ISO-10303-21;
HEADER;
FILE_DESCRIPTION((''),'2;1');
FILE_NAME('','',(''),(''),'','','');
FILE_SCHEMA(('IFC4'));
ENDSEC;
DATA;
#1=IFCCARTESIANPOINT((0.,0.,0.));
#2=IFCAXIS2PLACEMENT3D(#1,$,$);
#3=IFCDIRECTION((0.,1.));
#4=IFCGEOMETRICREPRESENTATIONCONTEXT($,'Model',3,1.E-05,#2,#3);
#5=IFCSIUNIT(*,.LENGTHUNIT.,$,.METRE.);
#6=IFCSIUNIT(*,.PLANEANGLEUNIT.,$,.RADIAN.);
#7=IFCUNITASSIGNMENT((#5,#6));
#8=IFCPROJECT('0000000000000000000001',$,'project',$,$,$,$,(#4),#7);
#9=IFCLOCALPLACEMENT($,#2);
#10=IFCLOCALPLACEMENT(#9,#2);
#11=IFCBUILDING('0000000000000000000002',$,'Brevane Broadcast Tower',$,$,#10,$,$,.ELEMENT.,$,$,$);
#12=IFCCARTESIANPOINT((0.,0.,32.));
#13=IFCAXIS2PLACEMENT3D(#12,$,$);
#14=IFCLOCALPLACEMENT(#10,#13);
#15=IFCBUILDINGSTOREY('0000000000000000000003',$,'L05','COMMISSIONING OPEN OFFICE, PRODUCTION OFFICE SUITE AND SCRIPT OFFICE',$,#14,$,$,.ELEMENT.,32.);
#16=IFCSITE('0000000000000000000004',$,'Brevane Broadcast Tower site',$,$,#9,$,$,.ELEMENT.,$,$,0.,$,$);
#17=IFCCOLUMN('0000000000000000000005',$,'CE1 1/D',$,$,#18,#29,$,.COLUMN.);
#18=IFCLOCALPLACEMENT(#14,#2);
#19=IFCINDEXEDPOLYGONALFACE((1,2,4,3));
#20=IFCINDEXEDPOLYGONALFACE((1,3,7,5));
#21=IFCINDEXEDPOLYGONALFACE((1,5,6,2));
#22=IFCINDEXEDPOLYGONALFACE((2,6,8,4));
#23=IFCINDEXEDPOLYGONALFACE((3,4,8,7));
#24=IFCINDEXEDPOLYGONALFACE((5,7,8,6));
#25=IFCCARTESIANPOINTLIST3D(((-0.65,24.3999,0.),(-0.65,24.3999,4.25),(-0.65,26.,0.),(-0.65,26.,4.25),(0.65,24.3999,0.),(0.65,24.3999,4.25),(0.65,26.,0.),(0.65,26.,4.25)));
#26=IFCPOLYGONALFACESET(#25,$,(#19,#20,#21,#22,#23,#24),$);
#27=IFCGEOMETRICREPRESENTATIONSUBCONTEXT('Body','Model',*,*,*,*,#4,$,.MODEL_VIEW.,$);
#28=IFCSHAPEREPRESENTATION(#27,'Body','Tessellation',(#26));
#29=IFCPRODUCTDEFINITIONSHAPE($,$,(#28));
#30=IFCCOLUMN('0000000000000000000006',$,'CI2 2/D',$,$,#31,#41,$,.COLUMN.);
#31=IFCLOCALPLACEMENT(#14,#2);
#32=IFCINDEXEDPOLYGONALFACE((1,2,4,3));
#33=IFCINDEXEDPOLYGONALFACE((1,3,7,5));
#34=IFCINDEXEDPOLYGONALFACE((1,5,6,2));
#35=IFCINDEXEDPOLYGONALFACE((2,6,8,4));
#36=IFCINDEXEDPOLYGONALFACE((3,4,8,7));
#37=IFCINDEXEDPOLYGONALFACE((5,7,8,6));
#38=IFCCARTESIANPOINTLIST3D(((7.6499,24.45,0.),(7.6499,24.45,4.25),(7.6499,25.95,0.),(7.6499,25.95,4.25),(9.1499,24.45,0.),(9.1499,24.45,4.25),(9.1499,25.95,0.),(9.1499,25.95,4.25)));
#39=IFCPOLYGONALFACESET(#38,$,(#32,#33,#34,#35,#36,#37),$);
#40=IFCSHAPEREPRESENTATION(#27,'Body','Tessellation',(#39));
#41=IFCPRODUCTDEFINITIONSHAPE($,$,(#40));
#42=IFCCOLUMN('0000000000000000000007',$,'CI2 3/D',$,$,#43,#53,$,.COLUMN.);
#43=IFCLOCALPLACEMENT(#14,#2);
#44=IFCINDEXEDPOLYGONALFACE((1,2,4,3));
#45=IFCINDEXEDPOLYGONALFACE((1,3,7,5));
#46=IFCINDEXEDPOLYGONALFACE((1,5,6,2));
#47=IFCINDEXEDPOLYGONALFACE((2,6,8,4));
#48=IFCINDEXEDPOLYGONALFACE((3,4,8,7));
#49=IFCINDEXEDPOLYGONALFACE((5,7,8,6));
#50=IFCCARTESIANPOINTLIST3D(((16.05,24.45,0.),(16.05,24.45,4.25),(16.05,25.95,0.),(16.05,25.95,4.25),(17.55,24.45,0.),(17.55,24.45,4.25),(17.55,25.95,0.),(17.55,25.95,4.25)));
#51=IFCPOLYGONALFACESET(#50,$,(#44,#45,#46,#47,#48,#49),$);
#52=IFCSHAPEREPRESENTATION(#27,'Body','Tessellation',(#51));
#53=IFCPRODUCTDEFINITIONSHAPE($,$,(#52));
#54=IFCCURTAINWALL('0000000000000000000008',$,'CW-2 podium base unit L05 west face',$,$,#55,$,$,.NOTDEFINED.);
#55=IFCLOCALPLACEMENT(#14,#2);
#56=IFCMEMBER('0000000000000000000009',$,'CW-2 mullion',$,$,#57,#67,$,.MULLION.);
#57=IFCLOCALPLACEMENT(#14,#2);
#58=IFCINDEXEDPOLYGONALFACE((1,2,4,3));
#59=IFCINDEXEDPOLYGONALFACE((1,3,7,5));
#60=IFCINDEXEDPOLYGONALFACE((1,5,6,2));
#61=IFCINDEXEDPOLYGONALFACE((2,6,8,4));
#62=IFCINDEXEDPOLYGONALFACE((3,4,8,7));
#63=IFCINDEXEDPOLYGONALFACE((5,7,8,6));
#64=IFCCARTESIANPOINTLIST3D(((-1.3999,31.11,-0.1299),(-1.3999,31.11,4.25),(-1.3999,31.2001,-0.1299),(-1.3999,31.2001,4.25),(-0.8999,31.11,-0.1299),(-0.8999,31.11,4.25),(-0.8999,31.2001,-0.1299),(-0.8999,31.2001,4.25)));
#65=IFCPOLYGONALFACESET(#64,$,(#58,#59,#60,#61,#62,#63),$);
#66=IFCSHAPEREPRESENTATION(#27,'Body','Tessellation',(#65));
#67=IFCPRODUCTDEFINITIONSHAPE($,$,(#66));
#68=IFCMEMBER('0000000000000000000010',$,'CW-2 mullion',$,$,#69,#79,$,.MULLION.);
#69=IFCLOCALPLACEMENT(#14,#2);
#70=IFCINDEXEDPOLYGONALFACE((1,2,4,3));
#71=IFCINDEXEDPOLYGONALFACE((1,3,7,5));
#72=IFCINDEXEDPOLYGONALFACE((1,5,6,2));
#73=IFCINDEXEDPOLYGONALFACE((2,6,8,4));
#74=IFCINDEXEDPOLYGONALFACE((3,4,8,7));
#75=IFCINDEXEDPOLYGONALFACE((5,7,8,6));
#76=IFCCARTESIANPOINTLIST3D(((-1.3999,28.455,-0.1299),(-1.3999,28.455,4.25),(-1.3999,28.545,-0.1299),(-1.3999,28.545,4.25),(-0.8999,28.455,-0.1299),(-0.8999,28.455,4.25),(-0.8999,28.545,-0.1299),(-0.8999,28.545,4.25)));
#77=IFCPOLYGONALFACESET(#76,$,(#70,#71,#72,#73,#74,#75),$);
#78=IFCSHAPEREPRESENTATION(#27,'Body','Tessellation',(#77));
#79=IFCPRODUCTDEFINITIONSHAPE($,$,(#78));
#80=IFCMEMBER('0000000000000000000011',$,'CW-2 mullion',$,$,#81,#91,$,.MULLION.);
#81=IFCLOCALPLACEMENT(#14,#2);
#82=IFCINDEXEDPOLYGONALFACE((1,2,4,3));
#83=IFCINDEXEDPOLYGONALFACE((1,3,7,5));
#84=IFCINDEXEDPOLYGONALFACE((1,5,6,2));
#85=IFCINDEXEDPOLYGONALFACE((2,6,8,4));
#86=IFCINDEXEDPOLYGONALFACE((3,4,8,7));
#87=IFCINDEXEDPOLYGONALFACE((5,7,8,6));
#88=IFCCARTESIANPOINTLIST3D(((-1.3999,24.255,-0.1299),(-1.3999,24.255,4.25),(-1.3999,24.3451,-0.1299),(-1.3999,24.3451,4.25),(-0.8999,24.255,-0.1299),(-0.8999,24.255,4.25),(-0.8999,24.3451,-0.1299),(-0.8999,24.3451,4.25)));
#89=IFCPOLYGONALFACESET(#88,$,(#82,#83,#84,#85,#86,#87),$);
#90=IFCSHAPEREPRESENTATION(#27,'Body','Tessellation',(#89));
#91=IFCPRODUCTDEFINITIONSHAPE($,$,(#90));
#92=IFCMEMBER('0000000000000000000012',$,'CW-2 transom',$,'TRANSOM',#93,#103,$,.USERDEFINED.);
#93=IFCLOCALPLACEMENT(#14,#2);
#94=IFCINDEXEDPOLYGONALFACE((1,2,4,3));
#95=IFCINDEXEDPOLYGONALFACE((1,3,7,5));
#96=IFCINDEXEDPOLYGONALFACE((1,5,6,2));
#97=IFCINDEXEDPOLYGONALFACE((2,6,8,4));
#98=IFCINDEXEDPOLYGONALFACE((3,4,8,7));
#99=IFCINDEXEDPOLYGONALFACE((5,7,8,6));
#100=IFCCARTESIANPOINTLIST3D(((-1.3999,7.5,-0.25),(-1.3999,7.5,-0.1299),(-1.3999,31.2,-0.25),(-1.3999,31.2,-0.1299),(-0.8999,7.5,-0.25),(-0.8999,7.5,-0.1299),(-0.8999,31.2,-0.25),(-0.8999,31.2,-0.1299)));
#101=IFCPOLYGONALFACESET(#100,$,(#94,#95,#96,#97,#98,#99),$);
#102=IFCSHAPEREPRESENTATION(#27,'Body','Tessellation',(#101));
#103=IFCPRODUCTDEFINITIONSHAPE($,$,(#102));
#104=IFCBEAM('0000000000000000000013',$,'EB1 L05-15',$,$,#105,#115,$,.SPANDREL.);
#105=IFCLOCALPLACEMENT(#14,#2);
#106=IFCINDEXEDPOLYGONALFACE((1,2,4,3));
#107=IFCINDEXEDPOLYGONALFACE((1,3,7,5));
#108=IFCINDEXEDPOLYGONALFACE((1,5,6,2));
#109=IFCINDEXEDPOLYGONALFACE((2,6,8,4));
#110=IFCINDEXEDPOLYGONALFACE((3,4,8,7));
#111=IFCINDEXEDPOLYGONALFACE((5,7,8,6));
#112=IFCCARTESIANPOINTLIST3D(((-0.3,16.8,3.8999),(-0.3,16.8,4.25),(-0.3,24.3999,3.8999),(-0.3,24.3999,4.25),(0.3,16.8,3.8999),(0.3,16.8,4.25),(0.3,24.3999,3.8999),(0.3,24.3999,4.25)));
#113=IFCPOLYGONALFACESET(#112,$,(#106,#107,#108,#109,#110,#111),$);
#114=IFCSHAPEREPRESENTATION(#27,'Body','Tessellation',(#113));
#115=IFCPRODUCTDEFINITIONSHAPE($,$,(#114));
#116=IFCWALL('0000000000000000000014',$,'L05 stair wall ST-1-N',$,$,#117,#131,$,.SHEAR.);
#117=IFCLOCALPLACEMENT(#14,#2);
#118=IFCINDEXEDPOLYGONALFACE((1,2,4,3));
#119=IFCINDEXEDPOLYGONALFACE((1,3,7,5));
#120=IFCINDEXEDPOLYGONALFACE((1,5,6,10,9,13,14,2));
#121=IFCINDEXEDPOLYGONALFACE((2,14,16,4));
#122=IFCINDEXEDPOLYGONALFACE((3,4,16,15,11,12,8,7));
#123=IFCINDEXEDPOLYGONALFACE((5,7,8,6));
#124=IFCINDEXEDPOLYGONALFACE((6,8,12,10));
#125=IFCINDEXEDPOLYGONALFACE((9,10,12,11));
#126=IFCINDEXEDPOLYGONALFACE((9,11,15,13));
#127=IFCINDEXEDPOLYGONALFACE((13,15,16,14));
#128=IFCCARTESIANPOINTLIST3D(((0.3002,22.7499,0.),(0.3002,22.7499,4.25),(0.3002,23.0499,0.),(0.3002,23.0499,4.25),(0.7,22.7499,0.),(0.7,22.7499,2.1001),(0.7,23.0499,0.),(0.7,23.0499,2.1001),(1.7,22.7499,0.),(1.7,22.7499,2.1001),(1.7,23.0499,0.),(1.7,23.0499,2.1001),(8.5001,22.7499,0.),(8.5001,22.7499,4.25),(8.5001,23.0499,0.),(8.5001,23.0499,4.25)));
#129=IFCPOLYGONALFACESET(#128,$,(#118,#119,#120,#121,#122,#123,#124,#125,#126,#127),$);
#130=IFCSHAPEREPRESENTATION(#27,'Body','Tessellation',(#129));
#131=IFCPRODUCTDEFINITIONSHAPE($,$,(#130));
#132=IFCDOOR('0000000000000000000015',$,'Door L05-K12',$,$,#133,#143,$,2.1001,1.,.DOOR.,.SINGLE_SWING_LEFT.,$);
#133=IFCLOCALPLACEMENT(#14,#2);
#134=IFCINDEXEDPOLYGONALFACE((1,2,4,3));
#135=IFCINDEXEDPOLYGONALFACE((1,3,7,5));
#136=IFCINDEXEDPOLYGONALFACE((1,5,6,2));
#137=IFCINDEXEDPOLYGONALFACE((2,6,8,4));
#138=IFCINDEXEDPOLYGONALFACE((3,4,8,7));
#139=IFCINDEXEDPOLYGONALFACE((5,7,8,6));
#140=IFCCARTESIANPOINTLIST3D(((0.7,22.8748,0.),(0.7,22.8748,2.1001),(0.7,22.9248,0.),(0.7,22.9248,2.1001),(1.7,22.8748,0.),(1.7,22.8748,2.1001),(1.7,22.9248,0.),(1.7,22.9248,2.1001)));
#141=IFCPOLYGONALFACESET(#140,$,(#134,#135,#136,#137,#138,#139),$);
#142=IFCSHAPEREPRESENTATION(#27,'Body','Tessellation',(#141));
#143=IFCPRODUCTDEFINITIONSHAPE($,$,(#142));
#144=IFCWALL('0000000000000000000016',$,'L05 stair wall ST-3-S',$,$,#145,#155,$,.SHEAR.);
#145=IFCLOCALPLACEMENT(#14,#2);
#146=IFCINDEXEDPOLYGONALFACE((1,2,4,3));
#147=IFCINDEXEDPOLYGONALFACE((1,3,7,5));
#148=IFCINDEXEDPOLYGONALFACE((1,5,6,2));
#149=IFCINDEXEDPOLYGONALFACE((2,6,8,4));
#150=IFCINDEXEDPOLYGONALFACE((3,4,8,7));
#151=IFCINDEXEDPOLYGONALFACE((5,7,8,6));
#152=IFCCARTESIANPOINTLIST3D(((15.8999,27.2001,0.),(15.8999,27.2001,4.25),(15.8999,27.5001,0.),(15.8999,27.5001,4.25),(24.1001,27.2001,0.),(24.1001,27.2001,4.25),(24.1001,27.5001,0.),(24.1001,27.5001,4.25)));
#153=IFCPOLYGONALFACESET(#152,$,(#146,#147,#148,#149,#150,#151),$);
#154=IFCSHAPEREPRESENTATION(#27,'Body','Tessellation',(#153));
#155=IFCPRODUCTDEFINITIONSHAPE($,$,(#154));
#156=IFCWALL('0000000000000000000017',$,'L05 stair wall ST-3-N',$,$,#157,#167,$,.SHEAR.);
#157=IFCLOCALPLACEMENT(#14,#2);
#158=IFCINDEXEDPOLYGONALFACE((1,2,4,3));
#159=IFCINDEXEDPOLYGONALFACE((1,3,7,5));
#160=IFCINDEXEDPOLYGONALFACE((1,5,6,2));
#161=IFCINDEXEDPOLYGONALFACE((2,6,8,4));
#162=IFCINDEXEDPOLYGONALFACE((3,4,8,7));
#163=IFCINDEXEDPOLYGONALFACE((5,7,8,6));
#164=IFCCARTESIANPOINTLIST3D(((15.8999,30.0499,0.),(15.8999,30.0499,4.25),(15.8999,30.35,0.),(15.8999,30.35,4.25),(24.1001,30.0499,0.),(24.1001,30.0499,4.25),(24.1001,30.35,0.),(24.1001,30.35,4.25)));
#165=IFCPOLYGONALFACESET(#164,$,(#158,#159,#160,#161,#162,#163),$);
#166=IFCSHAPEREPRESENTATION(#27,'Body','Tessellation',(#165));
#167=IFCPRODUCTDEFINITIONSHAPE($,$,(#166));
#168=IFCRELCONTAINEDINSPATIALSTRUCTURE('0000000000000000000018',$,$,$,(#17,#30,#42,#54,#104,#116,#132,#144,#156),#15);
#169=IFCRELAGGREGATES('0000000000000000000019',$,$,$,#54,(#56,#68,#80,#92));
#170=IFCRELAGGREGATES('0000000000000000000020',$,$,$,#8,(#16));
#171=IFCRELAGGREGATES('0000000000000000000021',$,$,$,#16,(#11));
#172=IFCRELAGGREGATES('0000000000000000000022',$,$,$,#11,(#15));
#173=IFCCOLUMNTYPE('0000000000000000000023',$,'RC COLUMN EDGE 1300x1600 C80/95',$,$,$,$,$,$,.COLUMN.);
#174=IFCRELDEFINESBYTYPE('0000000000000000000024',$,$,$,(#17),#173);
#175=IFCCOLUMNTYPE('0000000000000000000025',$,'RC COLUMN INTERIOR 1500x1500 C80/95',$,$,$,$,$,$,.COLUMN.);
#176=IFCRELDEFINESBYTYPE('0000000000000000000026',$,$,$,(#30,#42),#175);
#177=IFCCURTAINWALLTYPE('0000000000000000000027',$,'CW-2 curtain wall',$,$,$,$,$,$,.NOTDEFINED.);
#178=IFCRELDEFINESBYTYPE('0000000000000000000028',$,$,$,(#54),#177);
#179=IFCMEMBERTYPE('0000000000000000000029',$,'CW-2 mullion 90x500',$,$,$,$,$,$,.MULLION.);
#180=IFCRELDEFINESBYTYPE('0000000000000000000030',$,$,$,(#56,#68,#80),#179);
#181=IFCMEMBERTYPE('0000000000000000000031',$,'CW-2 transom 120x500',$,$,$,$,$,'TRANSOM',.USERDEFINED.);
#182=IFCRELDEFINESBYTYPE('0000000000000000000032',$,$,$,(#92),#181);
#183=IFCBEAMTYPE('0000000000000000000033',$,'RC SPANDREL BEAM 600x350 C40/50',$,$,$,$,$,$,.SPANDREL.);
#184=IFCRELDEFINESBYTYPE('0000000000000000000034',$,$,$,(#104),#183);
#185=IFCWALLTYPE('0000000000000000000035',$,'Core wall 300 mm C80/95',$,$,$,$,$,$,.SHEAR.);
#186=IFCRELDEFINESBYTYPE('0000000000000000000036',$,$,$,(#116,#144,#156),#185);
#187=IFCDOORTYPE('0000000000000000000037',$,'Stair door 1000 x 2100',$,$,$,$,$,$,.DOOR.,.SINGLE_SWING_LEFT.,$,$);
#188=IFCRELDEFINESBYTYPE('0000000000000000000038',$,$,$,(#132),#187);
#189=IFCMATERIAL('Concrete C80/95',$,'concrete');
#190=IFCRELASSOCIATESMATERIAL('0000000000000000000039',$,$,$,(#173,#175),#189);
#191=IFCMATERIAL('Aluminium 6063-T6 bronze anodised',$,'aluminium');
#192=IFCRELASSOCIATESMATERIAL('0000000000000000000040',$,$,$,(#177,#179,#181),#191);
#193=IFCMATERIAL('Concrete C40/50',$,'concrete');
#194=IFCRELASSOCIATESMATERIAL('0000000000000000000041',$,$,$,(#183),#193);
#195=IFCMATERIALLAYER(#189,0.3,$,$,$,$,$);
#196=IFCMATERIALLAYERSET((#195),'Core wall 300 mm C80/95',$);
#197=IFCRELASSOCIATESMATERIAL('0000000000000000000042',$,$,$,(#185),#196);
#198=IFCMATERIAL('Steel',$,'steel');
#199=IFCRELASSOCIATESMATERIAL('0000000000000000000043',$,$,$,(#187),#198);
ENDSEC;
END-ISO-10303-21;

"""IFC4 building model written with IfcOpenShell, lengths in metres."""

from ifc_helpers import new_model, si_unit, direction, frame, frame_2d, origin, origin_2d, place, context, subcontext, project, spatial, rectangle, extrude, material, layer, layer_set, material_profile, profile_set, type_object, element, fill, aggregate, save


model = new_model("IFC4")

# Units and contexts
model_context = context("Model", 3, precision=1e-05, world=origin(), true_north=direction((0.0, 1.0)))
body_context = subcontext(model_context, "Body", "Model", "MODEL_VIEW")
ifc_project = project(units=[si_unit("LENGTHUNIT", "METRE"), si_unit("PLANEANGLEUNIT", "RADIAN")], contexts=[model_context])

# Site, building, storey
site_placement = place(None, origin())
site = spatial("IfcSite", under=ifc_project, at=site_placement, Name="Brevane Broadcast Tower site", CompositionType="ELEMENT", RefElevation=0.0)
building_placement = place(site_placement, origin())
building = spatial("IfcBuilding", under=site, at=building_placement, Name="Brevane Broadcast Tower", CompositionType="ELEMENT")
storey_placement = place(building_placement, frame((0.0, 0.0, 32.0)))
storey = spatial("IfcBuildingStorey", under=building, at=storey_placement, Name="L05", Description="COMMISSIONING OPEN OFFICE, PRODUCTION OFFICE SUITE AND SCRIPT OFFICE", CompositionType="ELEMENT", Elevation=32.0)

# Columns
ifc_material_1 = material(Name="Concrete C80/95", Category="concrete")
ifc_material_profile_1 = material_profile(ifc_material_1, rectangle(XDim=1.3, YDim=1.6001, at=origin_2d()), Name="RC 1300x1600")
ifc_profile_set_1 = profile_set([ifc_material_profile_1], Name="Concrete C80/95")
column_type_1 = type_object("IfcColumnType", Name="RC COLUMN EDGE 1300x1600 C80/95", PredefinedType="COLUMN", material=ifc_profile_set_1)
column_placement = place(storey_placement, frame((0.0, 25.2, 0.0), z_axis=(0.0, 0.0, 1.0), x_axis=(1.0, 0.0, 0.0)))
element("IfcColumn", 1, at=column_placement, inside=storey, type_object=column_type_1, Name="CE1 1/D", PredefinedType="COLUMN", context=body_context, shape_type="SweptSolid", body=[
    extrude(rectangle(XDim=1.3, YDim=1.6001, at=origin_2d()), origin(), (0.0, 0.0, 1.0), 4.25),
])
ifc_material_profile_2 = material_profile(ifc_material_1, rectangle(XDim=1.5, YDim=1.5, at=origin_2d()), Name="RC 1500x1500")
ifc_profile_set_2 = profile_set([ifc_material_profile_2], Name="Concrete C80/95")
column_type_2 = type_object("IfcColumnType", Name="RC COLUMN INTERIOR 1500x1500 C80/95", PredefinedType="COLUMN", material=ifc_profile_set_2)
for number, where, z_axis, x_axis, name in (
    (2, (8.3999, 25.2, 0.0), (0.0, 0.0, 1.0), (1.0, 0.0, 0.0), "CI2 2/D"),
    (3, (16.8, 25.2, 0.0), (0.0, 0.0, 1.0), (1.0, 0.0, 0.0), "CI2 3/D"),
):
    element("IfcColumn", number, at=place(storey_placement, frame(where, z_axis=z_axis, x_axis=x_axis)), inside=storey, type_object=column_type_2, Name=name, PredefinedType="COLUMN", context=body_context, shape_type="SweptSolid", body=[
        extrude(rectangle(XDim=1.5, YDim=1.5, at=origin_2d()), origin(), (0.0, 0.0, 1.0), 4.25),
    ])

# Curtain wall, members
ifc_material_2 = material(Name="Aluminium 6063-T6 bronze anodised", Category="aluminium")
curtain_wall_type = type_object("IfcCurtainWallType", Name="CW-2 curtain wall", PredefinedType="NOTDEFINED", material=ifc_material_2)
curtain_wall_placement = place(storey_placement, origin())
curtain_wall = element("IfcCurtainWall", 4, at=curtain_wall_placement, inside=storey, type_object=curtain_wall_type, Name="CW-2 podium base unit L05 west face", PredefinedType="NOTDEFINED")
ifc_material_profile_3 = material_profile(ifc_material_2, rectangle(XDim=0.5, YDim=0.0901, at=origin_2d()), Name="RECT 90x500")
ifc_profile_set_3 = profile_set([ifc_material_profile_3], Name="Aluminium 6063-T6 bronze anodised")
member_type_1 = type_object("IfcMemberType", Name="CW-2 mullion 90x500", PredefinedType="MULLION", material=ifc_profile_set_3)
member_1_placement = place(storey_placement, frame((-1.1499, 31.155, -0.1299), z_axis=(0.0, 0.0, 1.0), x_axis=(1.0, 0.0, 0.0)))
member_1 = element("IfcMember", 5, at=member_1_placement, type_object=member_type_1, Name="CW-2 mullion", PredefinedType="MULLION", context=body_context, shape_type="SweptSolid", body=[
    extrude(rectangle(XDim=0.5, YDim=0.0901, at=origin_2d()), origin(), (0.0, 0.0, 1.0), 4.3799),
])
member_2_placement = place(storey_placement, frame((-1.1499, 28.5, -0.1299), z_axis=(0.0, 0.0, 1.0), x_axis=(1.0, 0.0, 0.0)))
member_2 = element("IfcMember", 6, at=member_2_placement, type_object=member_type_1, Name="CW-2 mullion", PredefinedType="MULLION", context=body_context, shape_type="SweptSolid", body=[
    extrude(rectangle(XDim=0.5, YDim=0.0901, at=origin_2d()), origin(), (0.0, 0.0, 1.0), 4.3799),
])
member_3_placement = place(storey_placement, frame((-1.1499, 24.3, -0.1299), z_axis=(0.0, 0.0, 1.0), x_axis=(1.0, 0.0, 0.0)))
member_3 = element("IfcMember", 7, at=member_3_placement, type_object=member_type_1, Name="CW-2 mullion", PredefinedType="MULLION", context=body_context, shape_type="SweptSolid", body=[
    extrude(rectangle(XDim=0.5, YDim=0.0901, at=origin_2d()), origin(), (0.0, 0.0, 1.0), 4.3799),
])
ifc_material_profile_4 = material_profile(ifc_material_2, rectangle(XDim=0.5, YDim=0.1201, at=origin_2d()), Name="RECT 120x500")
ifc_profile_set_4 = profile_set([ifc_material_profile_4], Name="Aluminium 6063-T6 bronze anodised")
member_type_2 = type_object("IfcMemberType", Name="CW-2 transom 120x500", ElementType="TRANSOM", PredefinedType="USERDEFINED", material=ifc_profile_set_4)
member_4_placement = place(storey_placement, frame((-1.1499, 31.2, -0.1899), z_axis=(0.0, -1.0, 0.0), x_axis=(1.0, 0.0, 0.0)))
member_4 = element("IfcMember", 8, at=member_4_placement, type_object=member_type_2, Name="CW-2 transom", ObjectType="TRANSOM", PredefinedType="USERDEFINED", context=body_context, shape_type="SweptSolid", body=[
    extrude(rectangle(XDim=0.5, YDim=0.1201, at=origin_2d()), origin(), (0.0, 0.0, 1.0), 23.7),
])
aggregate(curtain_wall, [member_1, member_2, member_3, member_4])

# Beam
ifc_material_3 = material(Name="Concrete C40/50", Category="concrete")
ifc_material_profile_5 = material_profile(ifc_material_3, rectangle(XDim=0.6001, YDim=0.3501, at=origin_2d()), Name="RC 600x350")
ifc_profile_set_5 = profile_set([ifc_material_profile_5], Name="Concrete C40/50")
beam_type = type_object("IfcBeamType", Name="RC SPANDREL BEAM 600x350 C40/50", PredefinedType="SPANDREL", material=ifc_profile_set_5)
beam_placement = place(storey_placement, frame((0.0, 24.3999, 4.075), z_axis=(0.0, -1.0, 0.0), x_axis=(1.0, 0.0, 0.0)))
element("IfcBeam", 9, at=beam_placement, inside=storey, type_object=beam_type, Name="EB1 L05-15", PredefinedType="SPANDREL", context=body_context, shape_type="SweptSolid", body=[
    extrude(rectangle(XDim=0.6001, YDim=0.3501, at=origin_2d()), origin(), (0.0, 0.0, 1.0), 7.5999),
])

# Wall, opening, door
ifc_layer_1 = layer(ifc_material_1, 0.3)
ifc_layer_set_1 = layer_set([ifc_layer_1], Name="Core wall 300 mm C80/95")
wall_type_1 = type_object("IfcWallType", Name="Core wall 300 mm C80/95", PredefinedType="SHEAR", material=ifc_layer_set_1)
wall_1_placement = place(storey_placement, frame((0.3, 22.8999, 0.0), z_axis=(0.0, 0.0, 1.0), x_axis=(1.0, 0.0, 0.0)))
wall_1 = element("IfcWall", 10, at=wall_1_placement, inside=storey, type_object=wall_type_1, Name="L05 stair wall ST-1-N", PredefinedType="SHEAR", context=body_context, shape_type="SweptSolid", body=[
    extrude(rectangle(XDim=8.2, YDim=0.3, at=frame_2d((4.1001, 0.0))), origin(), (0.0, 0.0, 1.0), 4.25),
])
opening_1_placement = place(wall_1_placement, frame((0.3999, 0.0, 0.0)))
opening_1 = element("IfcOpeningElement", 11, at=opening_1_placement, cuts=wall_1, PredefinedType="OPENING", context=body_context, shape_type="SweptSolid", body=[
    extrude(rectangle(XDim=1.0, YDim=2.1001, at=frame_2d((0.5, 1.05))), frame((0.0, 0.1599, 0.0), z_axis=(0.0, -1.0, 0.0), x_axis=(1.0, 0.0, 0.0)), (0.0, 0.0, 1.0), 0.3201),
])
ifc_material_4 = material(Name="Steel", Category="steel")
door_type_1 = type_object("IfcDoorType", Name="Stair door 1000 x 2100", OperationType="SINGLE_SWING_LEFT", PredefinedType="DOOR", material=ifc_material_4)
door_1_placement = place(opening_1_placement, origin())
door_1 = element("IfcDoor", 12, at=door_1_placement, inside=storey, type_object=door_type_1, Name="Door L05-K12", OperationType="SINGLE_SWING_LEFT", OverallHeight=2.1001, OverallWidth=1.0, PredefinedType="DOOR", context=body_context, shape_type="SweptSolid", body=[
    extrude(rectangle(XDim=1.0, YDim=2.1001, at=frame_2d((0.5, 1.05))), frame((0.0, 0.0249, 0.0), z_axis=(0.0, -1.0, 0.0), x_axis=(1.0, 0.0, 0.0)), (0.0, 0.0, 1.0), 0.05),
])
fill(opening_1, door_1)

# Walls
for number, where, z_axis, x_axis, name in (
    (13, (15.8999, 27.3501, 0.0), (0.0, 0.0, 1.0), (1.0, 0.0, 0.0), "L05 stair wall ST-3-S"),
    (14, (15.8999, 30.2, 0.0), (0.0, 0.0, 1.0), (1.0, 0.0, 0.0), "L05 stair wall ST-3-N"),
):
    element("IfcWall", number, at=place(storey_placement, frame(where, z_axis=z_axis, x_axis=x_axis)), inside=storey, type_object=wall_type_1, Name=name, PredefinedType="SHEAR", context=body_context, shape_type="SweptSolid", body=[
        extrude(rectangle(XDim=8.2002, YDim=0.3, at=frame_2d((4.1001, 0.0))), origin(), (0.0, 0.0, 1.0), 4.25),
    ])

save(model, "model.ifc")
